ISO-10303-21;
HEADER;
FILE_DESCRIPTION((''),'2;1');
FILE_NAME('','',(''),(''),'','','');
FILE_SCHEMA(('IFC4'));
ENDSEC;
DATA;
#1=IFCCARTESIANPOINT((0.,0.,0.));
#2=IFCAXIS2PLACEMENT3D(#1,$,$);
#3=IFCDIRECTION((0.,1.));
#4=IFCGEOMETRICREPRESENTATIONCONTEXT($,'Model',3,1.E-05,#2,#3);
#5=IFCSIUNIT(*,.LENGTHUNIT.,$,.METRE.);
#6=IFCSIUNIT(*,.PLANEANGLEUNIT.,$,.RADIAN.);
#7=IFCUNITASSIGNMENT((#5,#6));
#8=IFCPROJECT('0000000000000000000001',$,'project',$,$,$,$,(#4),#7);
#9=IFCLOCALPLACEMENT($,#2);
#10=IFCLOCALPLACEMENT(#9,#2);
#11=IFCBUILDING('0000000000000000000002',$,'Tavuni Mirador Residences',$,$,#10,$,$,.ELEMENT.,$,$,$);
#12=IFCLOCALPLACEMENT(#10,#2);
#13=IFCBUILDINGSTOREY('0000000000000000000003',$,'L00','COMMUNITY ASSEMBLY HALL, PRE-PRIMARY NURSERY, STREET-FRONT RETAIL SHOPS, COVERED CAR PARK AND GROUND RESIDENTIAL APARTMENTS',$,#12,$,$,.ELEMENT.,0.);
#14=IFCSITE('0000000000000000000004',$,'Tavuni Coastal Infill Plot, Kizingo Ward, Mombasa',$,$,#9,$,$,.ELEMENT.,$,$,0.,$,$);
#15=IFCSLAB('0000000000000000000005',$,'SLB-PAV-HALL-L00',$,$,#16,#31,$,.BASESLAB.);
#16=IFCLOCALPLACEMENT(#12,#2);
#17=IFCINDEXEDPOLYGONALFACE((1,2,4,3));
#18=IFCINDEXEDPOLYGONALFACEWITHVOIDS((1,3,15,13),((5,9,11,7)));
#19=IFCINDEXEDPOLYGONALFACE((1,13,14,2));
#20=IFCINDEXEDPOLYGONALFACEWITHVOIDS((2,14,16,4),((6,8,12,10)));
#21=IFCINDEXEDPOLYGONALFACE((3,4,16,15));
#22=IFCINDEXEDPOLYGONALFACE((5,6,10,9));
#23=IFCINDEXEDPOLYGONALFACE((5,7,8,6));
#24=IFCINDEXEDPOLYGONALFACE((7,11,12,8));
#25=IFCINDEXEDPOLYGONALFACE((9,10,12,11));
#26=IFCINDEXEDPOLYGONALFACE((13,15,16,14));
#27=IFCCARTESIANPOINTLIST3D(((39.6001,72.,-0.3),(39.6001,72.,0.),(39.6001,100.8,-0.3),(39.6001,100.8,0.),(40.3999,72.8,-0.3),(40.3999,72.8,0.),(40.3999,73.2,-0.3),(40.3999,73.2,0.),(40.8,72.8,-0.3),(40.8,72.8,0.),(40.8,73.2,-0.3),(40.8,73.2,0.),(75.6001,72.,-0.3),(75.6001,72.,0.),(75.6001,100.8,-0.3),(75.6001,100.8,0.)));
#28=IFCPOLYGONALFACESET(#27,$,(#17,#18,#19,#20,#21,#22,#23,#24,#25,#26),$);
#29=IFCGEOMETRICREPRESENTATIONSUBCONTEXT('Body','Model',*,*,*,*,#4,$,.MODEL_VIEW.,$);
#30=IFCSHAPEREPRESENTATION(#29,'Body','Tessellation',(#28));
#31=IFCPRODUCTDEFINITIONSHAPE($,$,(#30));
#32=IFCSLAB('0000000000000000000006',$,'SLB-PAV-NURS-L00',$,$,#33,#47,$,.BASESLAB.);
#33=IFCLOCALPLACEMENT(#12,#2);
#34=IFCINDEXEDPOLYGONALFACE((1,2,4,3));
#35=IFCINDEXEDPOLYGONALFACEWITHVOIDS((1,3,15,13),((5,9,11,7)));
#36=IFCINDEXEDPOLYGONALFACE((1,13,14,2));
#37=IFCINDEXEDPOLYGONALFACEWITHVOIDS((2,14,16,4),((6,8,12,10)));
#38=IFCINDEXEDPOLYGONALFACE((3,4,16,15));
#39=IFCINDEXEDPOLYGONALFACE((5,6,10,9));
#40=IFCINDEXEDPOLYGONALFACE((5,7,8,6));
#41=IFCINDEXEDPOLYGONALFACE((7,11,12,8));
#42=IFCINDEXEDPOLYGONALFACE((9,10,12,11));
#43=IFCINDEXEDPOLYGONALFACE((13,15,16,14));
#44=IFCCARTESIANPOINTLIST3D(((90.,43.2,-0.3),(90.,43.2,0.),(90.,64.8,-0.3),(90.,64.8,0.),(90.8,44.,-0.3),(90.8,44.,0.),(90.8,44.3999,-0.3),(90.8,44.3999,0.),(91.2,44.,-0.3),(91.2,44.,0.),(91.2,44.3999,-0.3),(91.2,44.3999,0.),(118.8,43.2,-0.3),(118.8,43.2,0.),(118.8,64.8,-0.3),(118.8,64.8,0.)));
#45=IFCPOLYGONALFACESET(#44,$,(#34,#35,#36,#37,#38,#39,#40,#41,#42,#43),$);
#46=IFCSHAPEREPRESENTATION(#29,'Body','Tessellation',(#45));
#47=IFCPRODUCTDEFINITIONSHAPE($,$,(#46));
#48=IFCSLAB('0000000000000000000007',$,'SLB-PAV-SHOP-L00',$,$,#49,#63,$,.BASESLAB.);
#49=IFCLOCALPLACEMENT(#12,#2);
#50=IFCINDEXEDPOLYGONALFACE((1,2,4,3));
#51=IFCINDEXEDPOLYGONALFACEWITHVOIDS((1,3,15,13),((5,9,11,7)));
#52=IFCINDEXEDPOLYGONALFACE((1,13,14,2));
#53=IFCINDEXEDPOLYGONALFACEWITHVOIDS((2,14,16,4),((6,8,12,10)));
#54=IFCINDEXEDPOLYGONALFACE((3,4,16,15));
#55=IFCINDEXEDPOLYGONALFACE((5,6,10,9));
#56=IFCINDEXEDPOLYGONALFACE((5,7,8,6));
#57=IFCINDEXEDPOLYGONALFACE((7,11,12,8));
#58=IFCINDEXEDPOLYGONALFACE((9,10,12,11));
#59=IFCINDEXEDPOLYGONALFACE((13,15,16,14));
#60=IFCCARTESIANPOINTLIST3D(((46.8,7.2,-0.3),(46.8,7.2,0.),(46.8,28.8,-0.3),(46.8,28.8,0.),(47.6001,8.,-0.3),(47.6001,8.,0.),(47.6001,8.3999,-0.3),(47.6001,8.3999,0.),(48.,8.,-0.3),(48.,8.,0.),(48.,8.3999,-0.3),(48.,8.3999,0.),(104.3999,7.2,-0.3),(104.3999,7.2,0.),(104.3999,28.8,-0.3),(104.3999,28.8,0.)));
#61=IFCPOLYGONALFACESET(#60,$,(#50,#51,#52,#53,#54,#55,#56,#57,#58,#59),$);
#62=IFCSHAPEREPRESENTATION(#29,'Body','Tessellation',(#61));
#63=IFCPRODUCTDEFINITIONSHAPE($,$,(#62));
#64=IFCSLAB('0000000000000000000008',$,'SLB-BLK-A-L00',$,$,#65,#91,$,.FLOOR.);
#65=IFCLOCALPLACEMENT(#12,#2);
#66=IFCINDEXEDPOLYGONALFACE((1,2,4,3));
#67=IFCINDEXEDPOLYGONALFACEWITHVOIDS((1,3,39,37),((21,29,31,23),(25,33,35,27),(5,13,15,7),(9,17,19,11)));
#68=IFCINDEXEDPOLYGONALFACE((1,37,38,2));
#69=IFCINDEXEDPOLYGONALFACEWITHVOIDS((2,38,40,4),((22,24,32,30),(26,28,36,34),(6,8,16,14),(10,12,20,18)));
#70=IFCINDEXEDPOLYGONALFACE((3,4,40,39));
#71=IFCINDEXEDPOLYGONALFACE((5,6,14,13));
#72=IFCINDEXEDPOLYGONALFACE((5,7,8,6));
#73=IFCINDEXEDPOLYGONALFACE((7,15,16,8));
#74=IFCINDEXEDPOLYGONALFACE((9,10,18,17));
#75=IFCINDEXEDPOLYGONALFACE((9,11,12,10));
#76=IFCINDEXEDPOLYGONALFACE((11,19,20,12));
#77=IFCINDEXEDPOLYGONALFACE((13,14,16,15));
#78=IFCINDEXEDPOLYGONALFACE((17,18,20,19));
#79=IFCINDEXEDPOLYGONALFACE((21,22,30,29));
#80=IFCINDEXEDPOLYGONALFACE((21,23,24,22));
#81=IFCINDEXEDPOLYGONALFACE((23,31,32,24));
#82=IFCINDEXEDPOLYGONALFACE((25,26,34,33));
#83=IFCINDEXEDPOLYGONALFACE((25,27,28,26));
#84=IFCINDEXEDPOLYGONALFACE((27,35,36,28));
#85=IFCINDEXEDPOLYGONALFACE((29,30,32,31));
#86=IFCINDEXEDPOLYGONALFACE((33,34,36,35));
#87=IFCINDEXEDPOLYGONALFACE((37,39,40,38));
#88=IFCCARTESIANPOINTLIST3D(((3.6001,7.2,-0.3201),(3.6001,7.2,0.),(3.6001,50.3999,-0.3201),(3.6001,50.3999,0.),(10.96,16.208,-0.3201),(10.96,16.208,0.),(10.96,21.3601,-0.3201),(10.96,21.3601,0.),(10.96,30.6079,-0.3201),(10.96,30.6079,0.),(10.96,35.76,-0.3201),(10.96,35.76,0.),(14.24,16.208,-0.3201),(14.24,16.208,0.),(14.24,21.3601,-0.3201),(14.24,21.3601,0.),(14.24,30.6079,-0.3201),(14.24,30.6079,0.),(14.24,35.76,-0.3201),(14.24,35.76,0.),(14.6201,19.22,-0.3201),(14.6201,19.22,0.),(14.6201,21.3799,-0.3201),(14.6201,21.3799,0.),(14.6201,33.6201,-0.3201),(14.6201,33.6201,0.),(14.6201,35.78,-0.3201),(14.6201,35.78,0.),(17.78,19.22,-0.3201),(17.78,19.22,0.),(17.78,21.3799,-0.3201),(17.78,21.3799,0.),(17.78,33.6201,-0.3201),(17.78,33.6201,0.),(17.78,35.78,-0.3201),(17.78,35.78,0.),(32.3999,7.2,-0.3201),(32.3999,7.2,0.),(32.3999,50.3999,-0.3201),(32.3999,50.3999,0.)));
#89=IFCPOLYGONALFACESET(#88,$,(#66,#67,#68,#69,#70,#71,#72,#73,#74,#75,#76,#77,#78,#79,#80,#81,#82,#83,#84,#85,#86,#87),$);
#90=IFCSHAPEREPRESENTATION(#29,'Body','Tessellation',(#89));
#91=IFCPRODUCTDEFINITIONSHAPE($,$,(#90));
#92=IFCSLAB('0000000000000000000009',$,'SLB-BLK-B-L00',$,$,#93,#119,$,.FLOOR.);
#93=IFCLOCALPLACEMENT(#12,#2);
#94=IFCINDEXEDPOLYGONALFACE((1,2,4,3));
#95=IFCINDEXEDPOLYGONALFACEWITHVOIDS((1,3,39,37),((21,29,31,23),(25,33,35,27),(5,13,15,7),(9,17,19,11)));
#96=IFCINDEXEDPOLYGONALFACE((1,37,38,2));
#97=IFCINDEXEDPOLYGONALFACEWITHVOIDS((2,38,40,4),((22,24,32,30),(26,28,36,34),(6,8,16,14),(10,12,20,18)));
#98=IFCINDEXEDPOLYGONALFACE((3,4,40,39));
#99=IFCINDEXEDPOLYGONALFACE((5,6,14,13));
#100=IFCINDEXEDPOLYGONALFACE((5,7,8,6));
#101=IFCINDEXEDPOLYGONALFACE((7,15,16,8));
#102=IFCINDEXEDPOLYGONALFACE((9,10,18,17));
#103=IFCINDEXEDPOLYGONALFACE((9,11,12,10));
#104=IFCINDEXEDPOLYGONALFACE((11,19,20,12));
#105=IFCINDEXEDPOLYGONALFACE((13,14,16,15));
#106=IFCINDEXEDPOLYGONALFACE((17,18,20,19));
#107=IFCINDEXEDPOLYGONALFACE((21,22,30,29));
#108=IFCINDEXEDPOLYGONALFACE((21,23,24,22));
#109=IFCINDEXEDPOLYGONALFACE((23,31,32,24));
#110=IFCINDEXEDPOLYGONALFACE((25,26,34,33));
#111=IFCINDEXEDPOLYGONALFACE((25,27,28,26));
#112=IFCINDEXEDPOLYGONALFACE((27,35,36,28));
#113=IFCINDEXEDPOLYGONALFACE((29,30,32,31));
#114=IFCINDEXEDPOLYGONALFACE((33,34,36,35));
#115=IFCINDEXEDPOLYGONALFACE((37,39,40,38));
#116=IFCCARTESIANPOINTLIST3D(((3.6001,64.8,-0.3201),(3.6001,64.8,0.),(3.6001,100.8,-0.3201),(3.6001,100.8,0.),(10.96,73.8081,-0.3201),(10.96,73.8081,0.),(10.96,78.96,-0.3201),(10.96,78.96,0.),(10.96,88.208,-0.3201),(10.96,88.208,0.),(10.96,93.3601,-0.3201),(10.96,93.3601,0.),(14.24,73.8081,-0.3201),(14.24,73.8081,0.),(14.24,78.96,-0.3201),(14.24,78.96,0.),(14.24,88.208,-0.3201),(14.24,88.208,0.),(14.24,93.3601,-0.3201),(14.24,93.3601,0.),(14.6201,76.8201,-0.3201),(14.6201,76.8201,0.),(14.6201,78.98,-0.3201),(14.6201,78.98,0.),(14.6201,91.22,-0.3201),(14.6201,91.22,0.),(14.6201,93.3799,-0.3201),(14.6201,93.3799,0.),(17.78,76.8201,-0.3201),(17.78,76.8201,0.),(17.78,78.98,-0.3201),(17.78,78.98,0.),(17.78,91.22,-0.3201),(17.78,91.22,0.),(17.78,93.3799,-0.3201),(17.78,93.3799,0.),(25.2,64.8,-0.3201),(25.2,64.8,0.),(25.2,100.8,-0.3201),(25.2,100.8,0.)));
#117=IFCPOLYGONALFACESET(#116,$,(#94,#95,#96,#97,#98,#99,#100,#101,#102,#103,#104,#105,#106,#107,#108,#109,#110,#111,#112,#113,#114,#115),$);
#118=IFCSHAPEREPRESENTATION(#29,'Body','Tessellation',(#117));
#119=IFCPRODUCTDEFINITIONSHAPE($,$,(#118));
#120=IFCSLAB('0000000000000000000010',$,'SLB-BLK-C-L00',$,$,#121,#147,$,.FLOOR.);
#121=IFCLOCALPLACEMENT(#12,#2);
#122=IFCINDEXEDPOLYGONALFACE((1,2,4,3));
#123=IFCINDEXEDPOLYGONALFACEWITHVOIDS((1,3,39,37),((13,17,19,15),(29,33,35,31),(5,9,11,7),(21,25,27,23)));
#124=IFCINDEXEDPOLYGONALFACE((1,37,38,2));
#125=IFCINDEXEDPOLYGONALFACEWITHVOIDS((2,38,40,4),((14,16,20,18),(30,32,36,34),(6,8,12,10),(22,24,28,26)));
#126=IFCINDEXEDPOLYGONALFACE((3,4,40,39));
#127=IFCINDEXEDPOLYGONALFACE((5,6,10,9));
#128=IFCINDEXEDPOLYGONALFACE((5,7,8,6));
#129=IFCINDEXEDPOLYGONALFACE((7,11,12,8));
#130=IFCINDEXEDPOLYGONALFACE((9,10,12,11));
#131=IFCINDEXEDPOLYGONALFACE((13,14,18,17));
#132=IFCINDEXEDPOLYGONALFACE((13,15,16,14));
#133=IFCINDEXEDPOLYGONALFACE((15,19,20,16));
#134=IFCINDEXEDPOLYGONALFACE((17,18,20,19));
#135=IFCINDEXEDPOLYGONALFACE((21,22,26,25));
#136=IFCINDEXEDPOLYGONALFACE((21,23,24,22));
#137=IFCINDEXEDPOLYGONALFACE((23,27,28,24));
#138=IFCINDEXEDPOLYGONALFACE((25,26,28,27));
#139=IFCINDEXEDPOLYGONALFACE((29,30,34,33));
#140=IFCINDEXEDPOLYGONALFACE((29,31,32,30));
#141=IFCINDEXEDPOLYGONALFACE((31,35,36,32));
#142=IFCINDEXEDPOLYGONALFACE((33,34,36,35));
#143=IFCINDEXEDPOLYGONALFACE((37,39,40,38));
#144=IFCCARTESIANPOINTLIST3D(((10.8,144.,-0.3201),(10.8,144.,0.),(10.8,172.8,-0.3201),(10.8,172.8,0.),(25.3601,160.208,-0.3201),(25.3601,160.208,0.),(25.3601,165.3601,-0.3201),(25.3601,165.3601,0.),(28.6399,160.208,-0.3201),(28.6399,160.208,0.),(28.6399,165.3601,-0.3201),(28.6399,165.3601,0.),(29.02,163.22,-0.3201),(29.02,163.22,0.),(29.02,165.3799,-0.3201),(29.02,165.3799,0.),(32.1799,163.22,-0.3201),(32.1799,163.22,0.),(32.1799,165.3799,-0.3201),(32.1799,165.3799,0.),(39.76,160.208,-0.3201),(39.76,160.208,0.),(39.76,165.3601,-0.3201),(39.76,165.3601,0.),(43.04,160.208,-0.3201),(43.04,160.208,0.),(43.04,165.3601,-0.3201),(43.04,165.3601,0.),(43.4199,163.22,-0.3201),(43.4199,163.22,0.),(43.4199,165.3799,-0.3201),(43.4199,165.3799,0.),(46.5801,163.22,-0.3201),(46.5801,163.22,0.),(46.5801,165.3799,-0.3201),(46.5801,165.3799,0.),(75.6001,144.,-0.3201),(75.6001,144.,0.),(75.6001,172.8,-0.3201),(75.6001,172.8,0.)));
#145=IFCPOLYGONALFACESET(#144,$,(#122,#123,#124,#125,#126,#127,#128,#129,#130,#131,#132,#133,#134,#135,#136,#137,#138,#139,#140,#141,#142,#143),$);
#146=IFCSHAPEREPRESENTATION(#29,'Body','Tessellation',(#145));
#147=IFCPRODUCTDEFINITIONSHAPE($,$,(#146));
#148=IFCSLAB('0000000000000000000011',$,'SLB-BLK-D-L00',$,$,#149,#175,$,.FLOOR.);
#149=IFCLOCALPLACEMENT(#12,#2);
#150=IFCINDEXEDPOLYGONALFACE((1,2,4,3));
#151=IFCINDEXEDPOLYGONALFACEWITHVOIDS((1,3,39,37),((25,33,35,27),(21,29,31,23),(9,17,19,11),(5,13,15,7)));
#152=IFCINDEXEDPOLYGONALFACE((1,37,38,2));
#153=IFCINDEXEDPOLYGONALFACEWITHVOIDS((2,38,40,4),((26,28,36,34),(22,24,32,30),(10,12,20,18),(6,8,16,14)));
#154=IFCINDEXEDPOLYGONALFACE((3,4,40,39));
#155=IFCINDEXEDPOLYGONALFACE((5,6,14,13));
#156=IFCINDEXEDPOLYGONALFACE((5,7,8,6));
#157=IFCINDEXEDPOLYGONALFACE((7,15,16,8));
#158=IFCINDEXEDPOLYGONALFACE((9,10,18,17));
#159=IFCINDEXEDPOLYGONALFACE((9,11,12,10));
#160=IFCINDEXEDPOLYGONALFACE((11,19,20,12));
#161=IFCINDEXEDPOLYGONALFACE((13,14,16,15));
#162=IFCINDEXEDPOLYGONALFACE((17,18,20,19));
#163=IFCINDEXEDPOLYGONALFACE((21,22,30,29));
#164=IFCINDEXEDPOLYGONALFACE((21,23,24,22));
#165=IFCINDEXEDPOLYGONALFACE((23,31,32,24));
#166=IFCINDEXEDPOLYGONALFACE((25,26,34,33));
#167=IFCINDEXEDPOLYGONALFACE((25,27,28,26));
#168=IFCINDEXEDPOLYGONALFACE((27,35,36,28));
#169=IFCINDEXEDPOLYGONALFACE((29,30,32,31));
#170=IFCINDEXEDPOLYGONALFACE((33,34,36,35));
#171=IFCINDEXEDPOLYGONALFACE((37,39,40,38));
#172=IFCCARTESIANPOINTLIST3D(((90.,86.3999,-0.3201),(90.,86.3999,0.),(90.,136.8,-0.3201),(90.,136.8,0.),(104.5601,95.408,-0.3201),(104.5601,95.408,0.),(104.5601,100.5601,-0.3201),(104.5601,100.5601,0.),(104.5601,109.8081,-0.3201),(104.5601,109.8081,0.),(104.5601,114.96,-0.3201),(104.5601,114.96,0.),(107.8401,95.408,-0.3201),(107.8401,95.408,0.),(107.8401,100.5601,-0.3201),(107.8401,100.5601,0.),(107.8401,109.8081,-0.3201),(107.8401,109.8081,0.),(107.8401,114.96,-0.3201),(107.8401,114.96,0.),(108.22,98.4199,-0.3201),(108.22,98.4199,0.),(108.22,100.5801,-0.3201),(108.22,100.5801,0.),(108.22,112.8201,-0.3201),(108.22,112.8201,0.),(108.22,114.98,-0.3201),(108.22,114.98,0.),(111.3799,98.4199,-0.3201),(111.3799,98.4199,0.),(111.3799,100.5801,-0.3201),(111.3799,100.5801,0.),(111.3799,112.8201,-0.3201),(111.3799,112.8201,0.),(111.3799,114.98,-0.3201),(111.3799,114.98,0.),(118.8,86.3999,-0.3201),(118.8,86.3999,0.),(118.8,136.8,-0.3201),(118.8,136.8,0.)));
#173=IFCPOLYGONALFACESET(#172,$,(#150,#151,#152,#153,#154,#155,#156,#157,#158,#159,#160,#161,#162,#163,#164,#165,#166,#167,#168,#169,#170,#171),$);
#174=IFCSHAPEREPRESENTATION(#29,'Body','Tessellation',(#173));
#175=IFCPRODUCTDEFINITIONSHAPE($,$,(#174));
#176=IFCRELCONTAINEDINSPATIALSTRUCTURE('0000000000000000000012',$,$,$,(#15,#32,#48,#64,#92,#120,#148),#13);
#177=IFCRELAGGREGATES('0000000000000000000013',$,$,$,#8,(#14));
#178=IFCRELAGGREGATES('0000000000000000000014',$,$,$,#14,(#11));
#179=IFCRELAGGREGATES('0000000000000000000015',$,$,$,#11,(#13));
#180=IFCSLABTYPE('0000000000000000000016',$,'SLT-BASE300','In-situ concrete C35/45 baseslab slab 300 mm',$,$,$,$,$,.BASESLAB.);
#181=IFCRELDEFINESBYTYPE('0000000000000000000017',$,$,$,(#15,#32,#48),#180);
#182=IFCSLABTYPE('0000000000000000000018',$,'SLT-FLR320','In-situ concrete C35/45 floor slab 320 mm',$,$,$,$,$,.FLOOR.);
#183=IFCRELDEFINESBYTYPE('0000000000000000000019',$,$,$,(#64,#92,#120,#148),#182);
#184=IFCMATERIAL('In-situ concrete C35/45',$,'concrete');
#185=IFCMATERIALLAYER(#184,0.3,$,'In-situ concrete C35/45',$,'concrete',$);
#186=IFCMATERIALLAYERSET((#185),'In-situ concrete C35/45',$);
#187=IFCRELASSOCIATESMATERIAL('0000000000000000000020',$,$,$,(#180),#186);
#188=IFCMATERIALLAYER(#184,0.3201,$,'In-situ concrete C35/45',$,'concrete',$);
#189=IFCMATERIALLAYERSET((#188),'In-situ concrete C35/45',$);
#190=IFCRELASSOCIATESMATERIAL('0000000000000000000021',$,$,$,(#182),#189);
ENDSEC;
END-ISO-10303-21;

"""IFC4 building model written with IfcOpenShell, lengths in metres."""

from ifc_helpers import new_model, si_unit, direction, frame, origin, place, context, subcontext, project, spatial, polyline, outline, extrude, material, layer, layer_set, type_object, element, save


model = new_model("IFC4")

# Units and contexts
model_context = context("Model", 3, precision=1e-05, world=origin(), true_north=direction((0.0, 1.0)))
body_context = subcontext(model_context, "Body", "Model", "MODEL_VIEW")
ifc_project = project(units=[si_unit("LENGTHUNIT", "METRE"), si_unit("PLANEANGLEUNIT", "RADIAN")], contexts=[model_context])

# Site, building, storey
site_placement = place(None, origin())
site = spatial("IfcSite", under=ifc_project, at=site_placement, Name="Tavuni Coastal Infill Plot, Kizingo Ward, Mombasa", CompositionType="ELEMENT", RefElevation=0.0)
building_placement = place(site_placement, origin())
building = spatial("IfcBuilding", under=site, at=building_placement, Name="Tavuni Mirador Residences", CompositionType="ELEMENT")
storey_placement = place(building_placement, origin())
storey = spatial("IfcBuildingStorey", under=building, at=storey_placement, Name="L00", Description="COMMUNITY ASSEMBLY HALL, PRE-PRIMARY NURSERY, STREET-FRONT RETAIL SHOPS, COVERED CAR PARK AND GROUND RESIDENTIAL APARTMENTS", CompositionType="ELEMENT", Elevation=0.0)

# Slabs
ifc_material_1 = material(Name="In-situ concrete C35/45", Category="concrete")
ifc_layer_1 = layer(ifc_material_1, 0.3, Name="In-situ concrete C35/45", Category="concrete")
ifc_layer_set_1 = layer_set([ifc_layer_1], Name="In-situ concrete C35/45")
slab_type_1 = type_object("IfcSlabType", Name="SLT-BASE300", Description="In-situ concrete C35/45 baseslab slab 300 mm", PredefinedType="BASESLAB", material=ifc_layer_set_1)
slab_1_placement = place(storey_placement, frame((0.0, 0.0, -0.3)))
element("IfcSlab", 1, at=slab_1_placement, inside=storey, type_object=slab_type_1, Name="SLB-PAV-HALL-L00", PredefinedType="BASESLAB", context=body_context, shape_type="SweptSolid", body=[
    extrude(outline(polyline([(39.6001, 72.0), (75.6001, 72.0), (75.6001, 100.8), (39.6001, 100.8), (39.6001, 72.0)]), holes=[polyline([(40.3999, 72.8), (40.8, 72.8), (40.8, 73.2), (40.3999, 73.2), (40.3999, 72.8)])]), origin(), (0.0, 0.0, 1.0), 0.3),
])
slab_2_placement = place(storey_placement, frame((0.0, 0.0, -0.3)))
element("IfcSlab", 2, at=slab_2_placement, inside=storey, type_object=slab_type_1, Name="SLB-PAV-NURS-L00", PredefinedType="BASESLAB", context=body_context, shape_type="SweptSolid", body=[
    extrude(outline(polyline([(90.0, 43.2), (118.8, 43.2), (118.8, 64.8), (90.0, 64.8), (90.0, 43.2)]), holes=[polyline([(90.8, 44.0), (91.2, 44.0), (91.2, 44.3999), (90.8, 44.3999), (90.8, 44.0)])]), origin(), (0.0, 0.0, 1.0), 0.3),
])
slab_3_placement = place(storey_placement, frame((0.0, 0.0, -0.3)))
element("IfcSlab", 3, at=slab_3_placement, inside=storey, type_object=slab_type_1, Name="SLB-PAV-SHOP-L00", PredefinedType="BASESLAB", context=body_context, shape_type="SweptSolid", body=[
    extrude(outline(polyline([(46.8, 7.2), (104.3999, 7.2), (104.3999, 28.8), (46.8, 28.8), (46.8, 7.2)]), holes=[polyline([(47.6001, 8.0), (48.0, 8.0), (48.0, 8.3999), (47.6001, 8.3999), (47.6001, 8.0)])]), origin(), (0.0, 0.0, 1.0), 0.3),
])
ifc_layer_2 = layer(ifc_material_1, 0.3201, Name="In-situ concrete C35/45", Category="concrete")
ifc_layer_set_2 = layer_set([ifc_layer_2], Name="In-situ concrete C35/45")
slab_type_2 = type_object("IfcSlabType", Name="SLT-FLR320", Description="In-situ concrete C35/45 floor slab 320 mm", PredefinedType="FLOOR", material=ifc_layer_set_2)
slab_4_placement = place(storey_placement, frame((0.0, 0.0, -0.3201)))
element("IfcSlab", 4, at=slab_4_placement, inside=storey, type_object=slab_type_2, Name="SLB-BLK-A-L00", PredefinedType="FLOOR", context=body_context, shape_type="SweptSolid", body=[
    extrude(outline(polyline([(3.6001, 7.2), (32.3999, 7.2), (32.3999, 50.3999), (3.6001, 50.3999), (3.6001, 7.2)]), holes=[polyline([(10.96, 16.208), (14.24, 16.208), (14.24, 21.3601), (10.96, 21.3601), (10.96, 16.208)]), polyline([(14.6201, 19.22), (17.78, 19.22), (17.78, 21.3799), (14.6201, 21.3799), (14.6201, 19.22)]), polyline([(10.96, 30.6079), (14.24, 30.6079), (14.24, 35.76), (10.96, 35.76), (10.96, 30.6079)]), polyline([(14.6201, 33.6201), (17.78, 33.6201), (17.78, 35.78), (14.6201, 35.78), (14.6201, 33.6201)])]), origin(), (0.0, 0.0, 1.0), 0.3201),
])
slab_5_placement = place(storey_placement, frame((0.0, 0.0, -0.3201)))
element("IfcSlab", 5, at=slab_5_placement, inside=storey, type_object=slab_type_2, Name="SLB-BLK-B-L00", PredefinedType="FLOOR", context=body_context, shape_type="SweptSolid", body=[
    extrude(outline(polyline([(3.6001, 64.8), (25.2, 64.8), (25.2, 100.8), (3.6001, 100.8), (3.6001, 64.8)]), holes=[polyline([(10.96, 73.8081), (14.24, 73.8081), (14.24, 78.96), (10.96, 78.96), (10.96, 73.8081)]), polyline([(14.6201, 76.8201), (17.78, 76.8201), (17.78, 78.98), (14.6201, 78.98), (14.6201, 76.8201)]), polyline([(10.96, 88.208), (14.24, 88.208), (14.24, 93.3601), (10.96, 93.3601), (10.96, 88.208)]), polyline([(14.6201, 91.22), (17.78, 91.22), (17.78, 93.3799), (14.6201, 93.3799), (14.6201, 91.22)])]), origin(), (0.0, 0.0, 1.0), 0.3201),
])
slab_6_placement = place(storey_placement, frame((0.0, 0.0, -0.3201)))
element("IfcSlab", 6, at=slab_6_placement, inside=storey, type_object=slab_type_2, Name="SLB-BLK-C-L00", PredefinedType="FLOOR", context=body_context, shape_type="SweptSolid", body=[
    extrude(outline(polyline([(10.8, 144.0), (75.6001, 144.0), (75.6001, 172.8), (10.8, 172.8), (10.8, 144.0)]), holes=[polyline([(25.3601, 160.208), (28.6399, 160.208), (28.6399, 165.3601), (25.3601, 165.3601), (25.3601, 160.208)]), polyline([(29.02, 163.22), (32.1799, 163.22), (32.1799, 165.3799), (29.02, 165.3799), (29.02, 163.22)]), polyline([(39.76, 160.208), (43.04, 160.208), (43.04, 165.3601), (39.76, 165.3601), (39.76, 160.208)]), polyline([(43.4199, 163.22), (46.5801, 163.22), (46.5801, 165.3799), (43.4199, 165.3799), (43.4199, 163.22)])]), origin(), (0.0, 0.0, 1.0), 0.3201),
])
slab_7_placement = place(storey_placement, frame((0.0, 0.0, -0.3201)))
element("IfcSlab", 7, at=slab_7_placement, inside=storey, type_object=slab_type_2, Name="SLB-BLK-D-L00", PredefinedType="FLOOR", context=body_context, shape_type="SweptSolid", body=[
    extrude(outline(polyline([(90.0, 86.3999), (118.8, 86.3999), (118.8, 136.8), (90.0, 136.8), (90.0, 86.3999)]), holes=[polyline([(104.5601, 95.408), (107.8401, 95.408), (107.8401, 100.5601), (104.5601, 100.5601), (104.5601, 95.408)]), polyline([(108.22, 98.4199), (111.3799, 98.4199), (111.3799, 100.5801), (108.22, 100.5801), (108.22, 98.4199)]), polyline([(104.5601, 109.8081), (107.8401, 109.8081), (107.8401, 114.96), (104.5601, 114.96), (104.5601, 109.8081)]), polyline([(108.22, 112.8201), (111.3799, 112.8201), (111.3799, 114.98), (108.22, 114.98), (108.22, 112.8201)])]), origin(), (0.0, 0.0, 1.0), 0.3201),
])

save(model, "model.ifc")
